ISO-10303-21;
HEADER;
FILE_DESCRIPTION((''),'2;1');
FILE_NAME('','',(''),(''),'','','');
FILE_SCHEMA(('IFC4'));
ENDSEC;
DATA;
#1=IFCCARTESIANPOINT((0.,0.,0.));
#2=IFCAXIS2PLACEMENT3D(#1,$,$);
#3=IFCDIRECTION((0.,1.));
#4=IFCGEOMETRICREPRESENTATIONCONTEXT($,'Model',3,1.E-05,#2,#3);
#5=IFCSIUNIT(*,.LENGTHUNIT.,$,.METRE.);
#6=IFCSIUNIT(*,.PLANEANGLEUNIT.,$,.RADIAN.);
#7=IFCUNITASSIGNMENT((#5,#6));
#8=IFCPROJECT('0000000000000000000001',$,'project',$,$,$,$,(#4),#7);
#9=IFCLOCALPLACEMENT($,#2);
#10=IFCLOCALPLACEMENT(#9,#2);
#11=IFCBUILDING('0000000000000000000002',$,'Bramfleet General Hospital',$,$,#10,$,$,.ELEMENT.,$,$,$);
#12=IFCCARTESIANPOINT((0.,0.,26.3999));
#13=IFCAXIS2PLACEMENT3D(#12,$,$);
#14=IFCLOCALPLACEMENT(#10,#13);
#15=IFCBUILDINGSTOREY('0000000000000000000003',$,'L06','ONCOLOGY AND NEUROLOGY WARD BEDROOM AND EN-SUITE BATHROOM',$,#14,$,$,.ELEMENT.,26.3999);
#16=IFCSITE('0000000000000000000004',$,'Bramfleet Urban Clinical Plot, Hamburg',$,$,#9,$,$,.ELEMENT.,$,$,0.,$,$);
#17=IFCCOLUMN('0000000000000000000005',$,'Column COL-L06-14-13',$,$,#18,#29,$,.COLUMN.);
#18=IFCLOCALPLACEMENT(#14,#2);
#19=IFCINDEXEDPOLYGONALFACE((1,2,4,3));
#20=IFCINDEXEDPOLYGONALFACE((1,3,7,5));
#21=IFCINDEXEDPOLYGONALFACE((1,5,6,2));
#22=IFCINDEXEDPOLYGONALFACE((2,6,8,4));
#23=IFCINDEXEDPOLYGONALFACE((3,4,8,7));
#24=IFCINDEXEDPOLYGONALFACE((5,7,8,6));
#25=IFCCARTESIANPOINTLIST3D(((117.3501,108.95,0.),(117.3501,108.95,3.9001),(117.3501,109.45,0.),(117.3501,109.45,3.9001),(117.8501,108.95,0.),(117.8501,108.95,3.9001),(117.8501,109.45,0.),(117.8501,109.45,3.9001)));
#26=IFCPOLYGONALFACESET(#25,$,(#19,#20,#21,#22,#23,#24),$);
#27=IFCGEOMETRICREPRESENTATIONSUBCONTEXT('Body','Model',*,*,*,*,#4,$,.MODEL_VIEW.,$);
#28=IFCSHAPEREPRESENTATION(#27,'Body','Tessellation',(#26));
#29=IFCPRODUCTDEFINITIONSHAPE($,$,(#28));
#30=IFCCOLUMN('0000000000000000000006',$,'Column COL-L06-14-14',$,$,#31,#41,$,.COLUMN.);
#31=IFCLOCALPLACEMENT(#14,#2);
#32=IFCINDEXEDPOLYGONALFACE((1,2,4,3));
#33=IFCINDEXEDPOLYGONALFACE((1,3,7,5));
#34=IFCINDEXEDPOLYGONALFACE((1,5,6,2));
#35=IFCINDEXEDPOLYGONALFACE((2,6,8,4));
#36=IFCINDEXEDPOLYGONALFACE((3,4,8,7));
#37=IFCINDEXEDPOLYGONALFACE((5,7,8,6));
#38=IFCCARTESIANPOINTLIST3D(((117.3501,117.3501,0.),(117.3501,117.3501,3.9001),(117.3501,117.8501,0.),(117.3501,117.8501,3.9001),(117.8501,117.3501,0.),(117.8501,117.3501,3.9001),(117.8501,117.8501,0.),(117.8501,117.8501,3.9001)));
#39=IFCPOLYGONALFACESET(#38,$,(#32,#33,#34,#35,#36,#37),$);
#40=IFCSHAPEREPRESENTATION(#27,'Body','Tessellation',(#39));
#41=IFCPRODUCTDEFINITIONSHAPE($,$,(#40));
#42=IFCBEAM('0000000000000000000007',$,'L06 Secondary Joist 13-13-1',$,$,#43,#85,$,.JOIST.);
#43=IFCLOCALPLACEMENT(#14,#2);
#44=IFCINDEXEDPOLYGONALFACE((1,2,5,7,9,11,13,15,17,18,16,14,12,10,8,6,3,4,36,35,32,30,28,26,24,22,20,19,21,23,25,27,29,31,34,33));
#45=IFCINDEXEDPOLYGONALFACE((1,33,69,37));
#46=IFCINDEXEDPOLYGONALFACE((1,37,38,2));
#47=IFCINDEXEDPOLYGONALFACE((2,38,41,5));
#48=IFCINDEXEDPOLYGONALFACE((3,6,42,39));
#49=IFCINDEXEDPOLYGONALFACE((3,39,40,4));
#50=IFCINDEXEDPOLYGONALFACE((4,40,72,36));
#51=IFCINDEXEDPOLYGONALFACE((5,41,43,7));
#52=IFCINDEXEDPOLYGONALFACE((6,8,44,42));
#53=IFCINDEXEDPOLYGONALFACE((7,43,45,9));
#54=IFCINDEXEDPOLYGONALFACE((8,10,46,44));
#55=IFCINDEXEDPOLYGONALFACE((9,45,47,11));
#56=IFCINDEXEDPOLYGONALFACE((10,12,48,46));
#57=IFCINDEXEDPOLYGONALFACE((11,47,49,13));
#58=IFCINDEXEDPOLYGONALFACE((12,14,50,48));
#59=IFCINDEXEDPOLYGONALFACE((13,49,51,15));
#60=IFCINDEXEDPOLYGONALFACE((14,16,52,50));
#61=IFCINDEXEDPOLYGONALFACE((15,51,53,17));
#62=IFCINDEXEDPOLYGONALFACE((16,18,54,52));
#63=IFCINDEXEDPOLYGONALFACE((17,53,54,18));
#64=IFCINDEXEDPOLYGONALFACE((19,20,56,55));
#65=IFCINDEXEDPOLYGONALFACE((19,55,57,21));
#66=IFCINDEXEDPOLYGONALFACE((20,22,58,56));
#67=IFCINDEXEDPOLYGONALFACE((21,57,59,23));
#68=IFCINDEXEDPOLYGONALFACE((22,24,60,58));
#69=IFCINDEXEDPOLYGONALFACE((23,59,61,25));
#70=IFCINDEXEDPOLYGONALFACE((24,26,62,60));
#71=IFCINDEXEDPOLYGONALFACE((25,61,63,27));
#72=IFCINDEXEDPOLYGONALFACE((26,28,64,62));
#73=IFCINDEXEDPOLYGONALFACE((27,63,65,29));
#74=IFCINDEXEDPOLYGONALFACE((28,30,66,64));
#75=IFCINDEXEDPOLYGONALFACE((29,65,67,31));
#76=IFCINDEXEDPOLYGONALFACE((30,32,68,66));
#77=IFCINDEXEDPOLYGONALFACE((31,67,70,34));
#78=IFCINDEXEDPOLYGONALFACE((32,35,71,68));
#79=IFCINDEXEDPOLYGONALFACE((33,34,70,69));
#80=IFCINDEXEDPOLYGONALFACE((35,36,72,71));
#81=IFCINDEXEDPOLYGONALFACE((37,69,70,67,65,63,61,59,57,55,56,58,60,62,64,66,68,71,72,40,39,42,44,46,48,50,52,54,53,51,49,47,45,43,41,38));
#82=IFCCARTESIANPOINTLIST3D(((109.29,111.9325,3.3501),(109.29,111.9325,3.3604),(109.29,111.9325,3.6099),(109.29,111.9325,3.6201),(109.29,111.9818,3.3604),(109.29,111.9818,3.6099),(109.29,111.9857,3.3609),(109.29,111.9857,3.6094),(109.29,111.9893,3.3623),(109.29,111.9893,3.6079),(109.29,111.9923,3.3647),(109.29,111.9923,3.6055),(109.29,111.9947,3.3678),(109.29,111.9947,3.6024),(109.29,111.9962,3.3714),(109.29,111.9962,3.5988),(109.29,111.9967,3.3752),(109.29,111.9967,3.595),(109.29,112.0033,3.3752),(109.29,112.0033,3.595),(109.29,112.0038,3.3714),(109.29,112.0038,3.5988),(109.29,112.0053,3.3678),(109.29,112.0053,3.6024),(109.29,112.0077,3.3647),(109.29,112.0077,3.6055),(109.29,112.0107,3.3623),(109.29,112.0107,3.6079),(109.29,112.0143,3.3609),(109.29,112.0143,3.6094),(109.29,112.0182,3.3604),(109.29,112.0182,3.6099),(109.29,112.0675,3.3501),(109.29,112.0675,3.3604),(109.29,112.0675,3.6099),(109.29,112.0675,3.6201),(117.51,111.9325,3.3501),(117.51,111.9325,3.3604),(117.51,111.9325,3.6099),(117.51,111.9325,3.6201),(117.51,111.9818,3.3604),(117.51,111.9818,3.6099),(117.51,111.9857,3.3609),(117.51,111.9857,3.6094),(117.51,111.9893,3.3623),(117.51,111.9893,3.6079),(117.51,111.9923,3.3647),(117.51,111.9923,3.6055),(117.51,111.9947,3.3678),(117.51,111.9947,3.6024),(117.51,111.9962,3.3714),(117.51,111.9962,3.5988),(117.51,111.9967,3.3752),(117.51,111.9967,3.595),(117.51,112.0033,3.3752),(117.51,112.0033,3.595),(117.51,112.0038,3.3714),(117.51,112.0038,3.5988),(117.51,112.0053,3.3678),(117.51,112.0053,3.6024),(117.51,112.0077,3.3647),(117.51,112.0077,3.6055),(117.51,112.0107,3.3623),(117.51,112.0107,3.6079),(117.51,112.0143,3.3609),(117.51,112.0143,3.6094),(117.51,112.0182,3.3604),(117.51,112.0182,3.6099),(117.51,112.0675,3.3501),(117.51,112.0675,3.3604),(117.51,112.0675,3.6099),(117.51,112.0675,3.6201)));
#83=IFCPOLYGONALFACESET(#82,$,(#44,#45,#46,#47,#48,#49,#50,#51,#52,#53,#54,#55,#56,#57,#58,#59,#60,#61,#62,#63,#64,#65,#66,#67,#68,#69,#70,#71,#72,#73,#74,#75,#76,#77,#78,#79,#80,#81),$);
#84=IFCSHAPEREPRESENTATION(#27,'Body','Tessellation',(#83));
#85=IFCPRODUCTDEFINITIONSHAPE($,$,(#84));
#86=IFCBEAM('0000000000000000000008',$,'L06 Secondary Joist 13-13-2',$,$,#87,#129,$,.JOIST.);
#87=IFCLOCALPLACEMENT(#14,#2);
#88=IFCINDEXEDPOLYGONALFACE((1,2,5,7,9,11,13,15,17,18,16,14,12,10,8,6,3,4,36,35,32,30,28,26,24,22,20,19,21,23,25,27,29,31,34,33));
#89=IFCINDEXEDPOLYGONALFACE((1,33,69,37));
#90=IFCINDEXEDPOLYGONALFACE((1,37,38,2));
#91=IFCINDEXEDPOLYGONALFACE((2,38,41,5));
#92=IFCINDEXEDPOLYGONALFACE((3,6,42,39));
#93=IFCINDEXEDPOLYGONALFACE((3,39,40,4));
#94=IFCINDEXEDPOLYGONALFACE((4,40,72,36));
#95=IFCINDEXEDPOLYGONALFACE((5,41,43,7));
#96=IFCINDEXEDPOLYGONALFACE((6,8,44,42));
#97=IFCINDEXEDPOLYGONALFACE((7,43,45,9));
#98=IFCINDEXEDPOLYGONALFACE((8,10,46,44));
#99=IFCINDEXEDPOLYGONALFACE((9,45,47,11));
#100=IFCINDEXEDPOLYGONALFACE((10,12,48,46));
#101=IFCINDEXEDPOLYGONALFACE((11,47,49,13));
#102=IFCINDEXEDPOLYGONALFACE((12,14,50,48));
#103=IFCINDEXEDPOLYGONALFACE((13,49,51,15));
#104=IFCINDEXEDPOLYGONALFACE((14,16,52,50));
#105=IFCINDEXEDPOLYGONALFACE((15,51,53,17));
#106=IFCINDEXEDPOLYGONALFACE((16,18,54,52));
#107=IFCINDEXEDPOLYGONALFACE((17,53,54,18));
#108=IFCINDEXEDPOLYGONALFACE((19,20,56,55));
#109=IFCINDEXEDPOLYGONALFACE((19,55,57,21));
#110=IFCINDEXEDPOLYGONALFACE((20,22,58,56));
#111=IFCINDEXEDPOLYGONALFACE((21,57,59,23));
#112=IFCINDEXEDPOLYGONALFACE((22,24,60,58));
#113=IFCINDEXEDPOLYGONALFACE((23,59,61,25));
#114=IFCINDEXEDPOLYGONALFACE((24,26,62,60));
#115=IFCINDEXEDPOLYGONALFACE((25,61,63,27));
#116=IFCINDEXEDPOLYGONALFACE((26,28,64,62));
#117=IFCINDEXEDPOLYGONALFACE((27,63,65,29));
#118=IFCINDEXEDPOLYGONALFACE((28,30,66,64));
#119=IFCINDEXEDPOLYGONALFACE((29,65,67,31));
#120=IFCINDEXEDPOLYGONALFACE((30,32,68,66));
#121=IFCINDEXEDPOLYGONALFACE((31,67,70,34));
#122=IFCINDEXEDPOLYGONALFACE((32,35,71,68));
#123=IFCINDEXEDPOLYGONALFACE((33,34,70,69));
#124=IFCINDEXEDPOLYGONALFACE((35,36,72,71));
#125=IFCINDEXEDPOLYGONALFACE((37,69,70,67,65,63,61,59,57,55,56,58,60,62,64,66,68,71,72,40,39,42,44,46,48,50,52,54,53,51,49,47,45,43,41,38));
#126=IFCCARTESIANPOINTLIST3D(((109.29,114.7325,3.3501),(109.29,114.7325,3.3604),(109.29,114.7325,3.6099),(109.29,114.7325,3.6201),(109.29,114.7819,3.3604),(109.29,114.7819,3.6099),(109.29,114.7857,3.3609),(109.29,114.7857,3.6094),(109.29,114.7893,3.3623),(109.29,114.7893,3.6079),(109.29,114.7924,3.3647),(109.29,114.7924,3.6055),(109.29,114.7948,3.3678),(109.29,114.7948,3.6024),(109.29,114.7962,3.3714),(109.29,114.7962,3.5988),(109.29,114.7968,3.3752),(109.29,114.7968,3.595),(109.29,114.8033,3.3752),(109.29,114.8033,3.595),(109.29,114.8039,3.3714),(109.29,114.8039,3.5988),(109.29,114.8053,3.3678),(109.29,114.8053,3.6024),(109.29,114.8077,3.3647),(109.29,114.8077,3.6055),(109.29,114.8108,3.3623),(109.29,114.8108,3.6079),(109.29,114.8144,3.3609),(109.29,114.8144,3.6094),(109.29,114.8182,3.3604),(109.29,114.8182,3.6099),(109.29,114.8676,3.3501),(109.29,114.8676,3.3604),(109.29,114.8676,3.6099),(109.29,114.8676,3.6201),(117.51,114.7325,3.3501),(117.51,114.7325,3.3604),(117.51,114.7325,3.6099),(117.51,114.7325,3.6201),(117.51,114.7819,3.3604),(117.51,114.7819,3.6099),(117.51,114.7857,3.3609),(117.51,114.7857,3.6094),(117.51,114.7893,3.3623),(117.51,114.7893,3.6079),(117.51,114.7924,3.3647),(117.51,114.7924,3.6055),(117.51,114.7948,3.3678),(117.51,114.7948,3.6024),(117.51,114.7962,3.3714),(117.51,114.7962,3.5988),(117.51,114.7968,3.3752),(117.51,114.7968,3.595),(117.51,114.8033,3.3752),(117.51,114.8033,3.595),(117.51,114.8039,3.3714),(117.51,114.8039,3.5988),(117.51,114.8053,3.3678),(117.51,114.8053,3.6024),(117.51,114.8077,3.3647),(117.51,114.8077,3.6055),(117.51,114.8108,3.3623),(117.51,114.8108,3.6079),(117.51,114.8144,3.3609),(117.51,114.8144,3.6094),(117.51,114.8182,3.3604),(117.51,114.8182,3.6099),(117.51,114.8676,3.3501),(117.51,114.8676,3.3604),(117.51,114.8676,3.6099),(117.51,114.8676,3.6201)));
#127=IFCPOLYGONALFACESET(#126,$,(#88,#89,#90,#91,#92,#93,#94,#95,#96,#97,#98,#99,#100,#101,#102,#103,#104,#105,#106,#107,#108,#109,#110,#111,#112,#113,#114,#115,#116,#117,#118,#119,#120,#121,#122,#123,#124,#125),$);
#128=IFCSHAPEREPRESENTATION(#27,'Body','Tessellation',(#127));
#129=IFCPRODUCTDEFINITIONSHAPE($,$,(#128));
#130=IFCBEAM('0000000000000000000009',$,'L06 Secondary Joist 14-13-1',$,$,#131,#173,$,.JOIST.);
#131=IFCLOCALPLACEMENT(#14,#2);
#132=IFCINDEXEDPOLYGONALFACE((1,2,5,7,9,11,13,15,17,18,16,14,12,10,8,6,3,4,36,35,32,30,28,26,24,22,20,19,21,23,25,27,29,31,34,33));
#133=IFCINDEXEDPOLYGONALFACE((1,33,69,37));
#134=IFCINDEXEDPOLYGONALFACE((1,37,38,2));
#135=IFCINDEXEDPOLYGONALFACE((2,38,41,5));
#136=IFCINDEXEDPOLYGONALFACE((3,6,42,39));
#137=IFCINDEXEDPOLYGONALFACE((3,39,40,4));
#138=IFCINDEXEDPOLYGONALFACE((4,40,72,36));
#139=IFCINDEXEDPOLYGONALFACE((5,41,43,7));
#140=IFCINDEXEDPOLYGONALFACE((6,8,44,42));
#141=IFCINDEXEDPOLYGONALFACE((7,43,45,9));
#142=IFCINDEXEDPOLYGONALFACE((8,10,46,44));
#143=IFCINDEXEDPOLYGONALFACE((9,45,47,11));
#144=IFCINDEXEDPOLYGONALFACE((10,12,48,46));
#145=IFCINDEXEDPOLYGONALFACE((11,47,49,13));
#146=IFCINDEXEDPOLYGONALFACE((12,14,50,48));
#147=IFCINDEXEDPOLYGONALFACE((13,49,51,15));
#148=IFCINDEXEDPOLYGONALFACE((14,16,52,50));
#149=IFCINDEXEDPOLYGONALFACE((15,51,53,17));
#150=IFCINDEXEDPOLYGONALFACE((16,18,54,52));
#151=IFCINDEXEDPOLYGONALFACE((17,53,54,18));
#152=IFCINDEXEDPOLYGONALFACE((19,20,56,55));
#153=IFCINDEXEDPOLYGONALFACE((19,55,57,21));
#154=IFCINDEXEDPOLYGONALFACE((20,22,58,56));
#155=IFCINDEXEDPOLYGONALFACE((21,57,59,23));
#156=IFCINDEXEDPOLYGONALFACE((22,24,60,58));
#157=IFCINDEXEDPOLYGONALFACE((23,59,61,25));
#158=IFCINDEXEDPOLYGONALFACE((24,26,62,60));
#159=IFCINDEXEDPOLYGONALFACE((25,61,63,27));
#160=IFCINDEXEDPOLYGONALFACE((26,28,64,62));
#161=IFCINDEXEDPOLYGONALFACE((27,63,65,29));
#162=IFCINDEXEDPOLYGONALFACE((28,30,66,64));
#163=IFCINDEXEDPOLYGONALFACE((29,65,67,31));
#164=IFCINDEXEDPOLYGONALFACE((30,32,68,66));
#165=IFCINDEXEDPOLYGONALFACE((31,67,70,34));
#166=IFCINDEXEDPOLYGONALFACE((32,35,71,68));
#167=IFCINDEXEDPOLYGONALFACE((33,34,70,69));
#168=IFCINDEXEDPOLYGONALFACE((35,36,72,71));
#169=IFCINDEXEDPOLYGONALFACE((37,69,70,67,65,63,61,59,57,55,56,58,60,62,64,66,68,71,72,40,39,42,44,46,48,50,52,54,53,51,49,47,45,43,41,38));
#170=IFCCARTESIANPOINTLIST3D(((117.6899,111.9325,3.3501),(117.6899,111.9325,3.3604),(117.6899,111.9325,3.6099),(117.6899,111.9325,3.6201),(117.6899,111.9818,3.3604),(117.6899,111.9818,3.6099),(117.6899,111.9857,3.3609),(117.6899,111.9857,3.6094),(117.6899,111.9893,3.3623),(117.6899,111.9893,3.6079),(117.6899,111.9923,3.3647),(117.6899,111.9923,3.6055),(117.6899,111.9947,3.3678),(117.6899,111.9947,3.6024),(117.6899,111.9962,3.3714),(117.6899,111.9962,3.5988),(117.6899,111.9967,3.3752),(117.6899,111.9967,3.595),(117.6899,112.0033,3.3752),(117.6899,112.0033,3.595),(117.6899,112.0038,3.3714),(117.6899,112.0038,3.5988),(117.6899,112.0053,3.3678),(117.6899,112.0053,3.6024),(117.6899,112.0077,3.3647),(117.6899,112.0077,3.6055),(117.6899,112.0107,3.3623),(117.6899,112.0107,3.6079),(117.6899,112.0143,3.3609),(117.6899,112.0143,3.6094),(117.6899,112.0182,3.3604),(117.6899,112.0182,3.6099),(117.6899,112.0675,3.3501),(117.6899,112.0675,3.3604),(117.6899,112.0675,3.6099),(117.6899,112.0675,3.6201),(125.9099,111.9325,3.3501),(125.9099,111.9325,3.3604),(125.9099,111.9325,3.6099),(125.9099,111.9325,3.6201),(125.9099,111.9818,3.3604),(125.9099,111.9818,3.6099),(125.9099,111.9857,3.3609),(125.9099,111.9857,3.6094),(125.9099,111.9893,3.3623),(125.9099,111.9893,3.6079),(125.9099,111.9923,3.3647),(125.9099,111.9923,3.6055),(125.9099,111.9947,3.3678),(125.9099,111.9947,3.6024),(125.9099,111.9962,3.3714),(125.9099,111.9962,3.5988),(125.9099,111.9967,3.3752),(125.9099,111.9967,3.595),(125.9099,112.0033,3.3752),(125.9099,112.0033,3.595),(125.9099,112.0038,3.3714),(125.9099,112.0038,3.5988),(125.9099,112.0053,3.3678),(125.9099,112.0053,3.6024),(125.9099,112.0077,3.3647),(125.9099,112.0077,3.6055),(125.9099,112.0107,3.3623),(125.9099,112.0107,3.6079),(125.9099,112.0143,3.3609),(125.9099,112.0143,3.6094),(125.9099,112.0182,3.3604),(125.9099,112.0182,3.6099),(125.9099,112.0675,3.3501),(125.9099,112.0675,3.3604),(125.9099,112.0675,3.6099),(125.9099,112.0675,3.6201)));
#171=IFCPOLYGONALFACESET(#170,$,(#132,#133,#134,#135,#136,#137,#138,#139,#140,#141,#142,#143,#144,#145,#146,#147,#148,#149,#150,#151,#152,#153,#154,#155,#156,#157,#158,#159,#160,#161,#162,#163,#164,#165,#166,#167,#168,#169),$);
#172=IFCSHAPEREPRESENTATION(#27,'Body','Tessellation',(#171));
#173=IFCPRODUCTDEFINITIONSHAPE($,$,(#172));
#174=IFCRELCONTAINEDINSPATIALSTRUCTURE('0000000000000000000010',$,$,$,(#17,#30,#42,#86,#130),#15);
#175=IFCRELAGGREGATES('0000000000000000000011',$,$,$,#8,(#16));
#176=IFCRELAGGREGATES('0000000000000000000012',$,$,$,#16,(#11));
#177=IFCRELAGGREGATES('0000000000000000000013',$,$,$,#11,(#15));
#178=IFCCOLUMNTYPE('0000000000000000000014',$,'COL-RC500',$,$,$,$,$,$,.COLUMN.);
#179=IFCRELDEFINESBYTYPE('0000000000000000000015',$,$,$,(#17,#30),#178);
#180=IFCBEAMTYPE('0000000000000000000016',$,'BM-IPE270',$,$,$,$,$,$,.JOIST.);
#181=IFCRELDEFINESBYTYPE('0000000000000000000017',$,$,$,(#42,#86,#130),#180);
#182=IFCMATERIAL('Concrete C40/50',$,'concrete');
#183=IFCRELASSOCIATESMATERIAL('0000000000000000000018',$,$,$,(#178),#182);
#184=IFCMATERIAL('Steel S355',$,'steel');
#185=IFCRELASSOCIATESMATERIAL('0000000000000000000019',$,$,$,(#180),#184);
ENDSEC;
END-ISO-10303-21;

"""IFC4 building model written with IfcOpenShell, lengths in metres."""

from ifc_helpers import new_model, si_unit, direction, frame, origin, origin_2d, place, context, subcontext, project, spatial, rectangle, i_section, extrude, material, material_profile, profile_set, type_object, element, save


model = new_model("IFC4")

# Units and contexts
model_context = context("Model", 3, precision=1e-05, world=origin(), true_north=direction((0.0, 1.0)))
body_context = subcontext(model_context, "Body", "Model", "MODEL_VIEW")
ifc_project = project(units=[si_unit("LENGTHUNIT", "METRE"), si_unit("PLANEANGLEUNIT", "RADIAN")], contexts=[model_context])

# Site, building, storey
site_placement = place(None, origin())
site = spatial("IfcSite", under=ifc_project, at=site_placement, Name="Bramfleet Urban Clinical Plot, Hamburg", CompositionType="ELEMENT", RefElevation=0.0)
building_placement = place(site_placement, origin())
building = spatial("IfcBuilding", under=site, at=building_placement, Name="Bramfleet General Hospital", CompositionType="ELEMENT")
storey_placement = place(building_placement, frame((0.0, 0.0, 26.3999)))
storey = spatial("IfcBuildingStorey", under=building, at=storey_placement, Name="L06", Description="ONCOLOGY AND NEUROLOGY WARD BEDROOM AND EN-SUITE BATHROOM", CompositionType="ELEMENT", Elevation=26.3999)

# Columns
ifc_material_1 = material(Name="Concrete C40/50", Category="concrete")
ifc_material_profile_1 = material_profile(ifc_material_1, rectangle(XDim=0.5, YDim=0.5, at=origin_2d()), Name="RC COL 500x500")
ifc_profile_set_1 = profile_set([ifc_material_profile_1], Name="Concrete C40/50")
column_type = type_object("IfcColumnType", Name="COL-RC500", PredefinedType="COLUMN", material=ifc_profile_set_1)
for number, where, z_axis, x_axis, name in (
    (1, (117.6001, 109.2, 0.0), (0.0, 0.0, 1.0), (1.0, 0.0, 0.0), "Column COL-L06-14-13"),
    (2, (117.6001, 117.6001, 0.0), (0.0, 0.0, 1.0), (1.0, 0.0, 0.0), "Column COL-L06-14-14"),
):
    element("IfcColumn", number, at=place(storey_placement, frame(where, z_axis=z_axis, x_axis=x_axis)), inside=storey, type_object=column_type, Name=name, PredefinedType="COLUMN", context=body_context, shape_type="SweptSolid", body=[
        extrude(rectangle(XDim=0.5, YDim=0.5, at=origin_2d()), origin(), (0.0, 0.0, 1.0), 3.9001),
    ])

# Beams
ifc_material_2 = material(Name="Steel S355", Category="steel")
ifc_material_profile_2 = material_profile(ifc_material_2, i_section(OverallWidth=0.135, OverallDepth=0.27, WebThickness=0.0066, FlangeThickness=0.0103, FilletRadius=0.0149, at=origin_2d()), Name="IPE 270")
ifc_profile_set_2 = profile_set([ifc_material_profile_2], Name="Steel S355")
beam_type_1 = type_object("IfcBeamType", Name="BM-IPE270", PredefinedType="JOIST", material=ifc_profile_set_2)
for number, where, z_axis, x_axis, name in (
    (3, (109.29, 112.0, 3.4851), (1.0, 0.0, 0.0), (0.0, 1.0, 0.0), "L06 Secondary Joist 13-13-1"),
    (4, (109.29, 114.8, 3.4851), (1.0, 0.0, 0.0), (0.0, 1.0, 0.0), "L06 Secondary Joist 13-13-2"),
    (5, (117.6899, 112.0, 3.4851), (1.0, 0.0, 0.0), (0.0, 1.0, 0.0), "L06 Secondary Joist 14-13-1"),
):
    element("IfcBeam", number, at=place(storey_placement, frame(where, z_axis=z_axis, x_axis=x_axis)), inside=storey, type_object=beam_type_1, Name=name, PredefinedType="JOIST", context=body_context, shape_type="SweptSolid", body=[
        extrude(i_section(OverallWidth=0.135, OverallDepth=0.27, WebThickness=0.0066, FlangeThickness=0.0103, FilletRadius=0.0149, at=origin_2d()), origin(), (0.0, 0.0, 1.0), 8.22),
    ])

save(model, "model.ifc")
